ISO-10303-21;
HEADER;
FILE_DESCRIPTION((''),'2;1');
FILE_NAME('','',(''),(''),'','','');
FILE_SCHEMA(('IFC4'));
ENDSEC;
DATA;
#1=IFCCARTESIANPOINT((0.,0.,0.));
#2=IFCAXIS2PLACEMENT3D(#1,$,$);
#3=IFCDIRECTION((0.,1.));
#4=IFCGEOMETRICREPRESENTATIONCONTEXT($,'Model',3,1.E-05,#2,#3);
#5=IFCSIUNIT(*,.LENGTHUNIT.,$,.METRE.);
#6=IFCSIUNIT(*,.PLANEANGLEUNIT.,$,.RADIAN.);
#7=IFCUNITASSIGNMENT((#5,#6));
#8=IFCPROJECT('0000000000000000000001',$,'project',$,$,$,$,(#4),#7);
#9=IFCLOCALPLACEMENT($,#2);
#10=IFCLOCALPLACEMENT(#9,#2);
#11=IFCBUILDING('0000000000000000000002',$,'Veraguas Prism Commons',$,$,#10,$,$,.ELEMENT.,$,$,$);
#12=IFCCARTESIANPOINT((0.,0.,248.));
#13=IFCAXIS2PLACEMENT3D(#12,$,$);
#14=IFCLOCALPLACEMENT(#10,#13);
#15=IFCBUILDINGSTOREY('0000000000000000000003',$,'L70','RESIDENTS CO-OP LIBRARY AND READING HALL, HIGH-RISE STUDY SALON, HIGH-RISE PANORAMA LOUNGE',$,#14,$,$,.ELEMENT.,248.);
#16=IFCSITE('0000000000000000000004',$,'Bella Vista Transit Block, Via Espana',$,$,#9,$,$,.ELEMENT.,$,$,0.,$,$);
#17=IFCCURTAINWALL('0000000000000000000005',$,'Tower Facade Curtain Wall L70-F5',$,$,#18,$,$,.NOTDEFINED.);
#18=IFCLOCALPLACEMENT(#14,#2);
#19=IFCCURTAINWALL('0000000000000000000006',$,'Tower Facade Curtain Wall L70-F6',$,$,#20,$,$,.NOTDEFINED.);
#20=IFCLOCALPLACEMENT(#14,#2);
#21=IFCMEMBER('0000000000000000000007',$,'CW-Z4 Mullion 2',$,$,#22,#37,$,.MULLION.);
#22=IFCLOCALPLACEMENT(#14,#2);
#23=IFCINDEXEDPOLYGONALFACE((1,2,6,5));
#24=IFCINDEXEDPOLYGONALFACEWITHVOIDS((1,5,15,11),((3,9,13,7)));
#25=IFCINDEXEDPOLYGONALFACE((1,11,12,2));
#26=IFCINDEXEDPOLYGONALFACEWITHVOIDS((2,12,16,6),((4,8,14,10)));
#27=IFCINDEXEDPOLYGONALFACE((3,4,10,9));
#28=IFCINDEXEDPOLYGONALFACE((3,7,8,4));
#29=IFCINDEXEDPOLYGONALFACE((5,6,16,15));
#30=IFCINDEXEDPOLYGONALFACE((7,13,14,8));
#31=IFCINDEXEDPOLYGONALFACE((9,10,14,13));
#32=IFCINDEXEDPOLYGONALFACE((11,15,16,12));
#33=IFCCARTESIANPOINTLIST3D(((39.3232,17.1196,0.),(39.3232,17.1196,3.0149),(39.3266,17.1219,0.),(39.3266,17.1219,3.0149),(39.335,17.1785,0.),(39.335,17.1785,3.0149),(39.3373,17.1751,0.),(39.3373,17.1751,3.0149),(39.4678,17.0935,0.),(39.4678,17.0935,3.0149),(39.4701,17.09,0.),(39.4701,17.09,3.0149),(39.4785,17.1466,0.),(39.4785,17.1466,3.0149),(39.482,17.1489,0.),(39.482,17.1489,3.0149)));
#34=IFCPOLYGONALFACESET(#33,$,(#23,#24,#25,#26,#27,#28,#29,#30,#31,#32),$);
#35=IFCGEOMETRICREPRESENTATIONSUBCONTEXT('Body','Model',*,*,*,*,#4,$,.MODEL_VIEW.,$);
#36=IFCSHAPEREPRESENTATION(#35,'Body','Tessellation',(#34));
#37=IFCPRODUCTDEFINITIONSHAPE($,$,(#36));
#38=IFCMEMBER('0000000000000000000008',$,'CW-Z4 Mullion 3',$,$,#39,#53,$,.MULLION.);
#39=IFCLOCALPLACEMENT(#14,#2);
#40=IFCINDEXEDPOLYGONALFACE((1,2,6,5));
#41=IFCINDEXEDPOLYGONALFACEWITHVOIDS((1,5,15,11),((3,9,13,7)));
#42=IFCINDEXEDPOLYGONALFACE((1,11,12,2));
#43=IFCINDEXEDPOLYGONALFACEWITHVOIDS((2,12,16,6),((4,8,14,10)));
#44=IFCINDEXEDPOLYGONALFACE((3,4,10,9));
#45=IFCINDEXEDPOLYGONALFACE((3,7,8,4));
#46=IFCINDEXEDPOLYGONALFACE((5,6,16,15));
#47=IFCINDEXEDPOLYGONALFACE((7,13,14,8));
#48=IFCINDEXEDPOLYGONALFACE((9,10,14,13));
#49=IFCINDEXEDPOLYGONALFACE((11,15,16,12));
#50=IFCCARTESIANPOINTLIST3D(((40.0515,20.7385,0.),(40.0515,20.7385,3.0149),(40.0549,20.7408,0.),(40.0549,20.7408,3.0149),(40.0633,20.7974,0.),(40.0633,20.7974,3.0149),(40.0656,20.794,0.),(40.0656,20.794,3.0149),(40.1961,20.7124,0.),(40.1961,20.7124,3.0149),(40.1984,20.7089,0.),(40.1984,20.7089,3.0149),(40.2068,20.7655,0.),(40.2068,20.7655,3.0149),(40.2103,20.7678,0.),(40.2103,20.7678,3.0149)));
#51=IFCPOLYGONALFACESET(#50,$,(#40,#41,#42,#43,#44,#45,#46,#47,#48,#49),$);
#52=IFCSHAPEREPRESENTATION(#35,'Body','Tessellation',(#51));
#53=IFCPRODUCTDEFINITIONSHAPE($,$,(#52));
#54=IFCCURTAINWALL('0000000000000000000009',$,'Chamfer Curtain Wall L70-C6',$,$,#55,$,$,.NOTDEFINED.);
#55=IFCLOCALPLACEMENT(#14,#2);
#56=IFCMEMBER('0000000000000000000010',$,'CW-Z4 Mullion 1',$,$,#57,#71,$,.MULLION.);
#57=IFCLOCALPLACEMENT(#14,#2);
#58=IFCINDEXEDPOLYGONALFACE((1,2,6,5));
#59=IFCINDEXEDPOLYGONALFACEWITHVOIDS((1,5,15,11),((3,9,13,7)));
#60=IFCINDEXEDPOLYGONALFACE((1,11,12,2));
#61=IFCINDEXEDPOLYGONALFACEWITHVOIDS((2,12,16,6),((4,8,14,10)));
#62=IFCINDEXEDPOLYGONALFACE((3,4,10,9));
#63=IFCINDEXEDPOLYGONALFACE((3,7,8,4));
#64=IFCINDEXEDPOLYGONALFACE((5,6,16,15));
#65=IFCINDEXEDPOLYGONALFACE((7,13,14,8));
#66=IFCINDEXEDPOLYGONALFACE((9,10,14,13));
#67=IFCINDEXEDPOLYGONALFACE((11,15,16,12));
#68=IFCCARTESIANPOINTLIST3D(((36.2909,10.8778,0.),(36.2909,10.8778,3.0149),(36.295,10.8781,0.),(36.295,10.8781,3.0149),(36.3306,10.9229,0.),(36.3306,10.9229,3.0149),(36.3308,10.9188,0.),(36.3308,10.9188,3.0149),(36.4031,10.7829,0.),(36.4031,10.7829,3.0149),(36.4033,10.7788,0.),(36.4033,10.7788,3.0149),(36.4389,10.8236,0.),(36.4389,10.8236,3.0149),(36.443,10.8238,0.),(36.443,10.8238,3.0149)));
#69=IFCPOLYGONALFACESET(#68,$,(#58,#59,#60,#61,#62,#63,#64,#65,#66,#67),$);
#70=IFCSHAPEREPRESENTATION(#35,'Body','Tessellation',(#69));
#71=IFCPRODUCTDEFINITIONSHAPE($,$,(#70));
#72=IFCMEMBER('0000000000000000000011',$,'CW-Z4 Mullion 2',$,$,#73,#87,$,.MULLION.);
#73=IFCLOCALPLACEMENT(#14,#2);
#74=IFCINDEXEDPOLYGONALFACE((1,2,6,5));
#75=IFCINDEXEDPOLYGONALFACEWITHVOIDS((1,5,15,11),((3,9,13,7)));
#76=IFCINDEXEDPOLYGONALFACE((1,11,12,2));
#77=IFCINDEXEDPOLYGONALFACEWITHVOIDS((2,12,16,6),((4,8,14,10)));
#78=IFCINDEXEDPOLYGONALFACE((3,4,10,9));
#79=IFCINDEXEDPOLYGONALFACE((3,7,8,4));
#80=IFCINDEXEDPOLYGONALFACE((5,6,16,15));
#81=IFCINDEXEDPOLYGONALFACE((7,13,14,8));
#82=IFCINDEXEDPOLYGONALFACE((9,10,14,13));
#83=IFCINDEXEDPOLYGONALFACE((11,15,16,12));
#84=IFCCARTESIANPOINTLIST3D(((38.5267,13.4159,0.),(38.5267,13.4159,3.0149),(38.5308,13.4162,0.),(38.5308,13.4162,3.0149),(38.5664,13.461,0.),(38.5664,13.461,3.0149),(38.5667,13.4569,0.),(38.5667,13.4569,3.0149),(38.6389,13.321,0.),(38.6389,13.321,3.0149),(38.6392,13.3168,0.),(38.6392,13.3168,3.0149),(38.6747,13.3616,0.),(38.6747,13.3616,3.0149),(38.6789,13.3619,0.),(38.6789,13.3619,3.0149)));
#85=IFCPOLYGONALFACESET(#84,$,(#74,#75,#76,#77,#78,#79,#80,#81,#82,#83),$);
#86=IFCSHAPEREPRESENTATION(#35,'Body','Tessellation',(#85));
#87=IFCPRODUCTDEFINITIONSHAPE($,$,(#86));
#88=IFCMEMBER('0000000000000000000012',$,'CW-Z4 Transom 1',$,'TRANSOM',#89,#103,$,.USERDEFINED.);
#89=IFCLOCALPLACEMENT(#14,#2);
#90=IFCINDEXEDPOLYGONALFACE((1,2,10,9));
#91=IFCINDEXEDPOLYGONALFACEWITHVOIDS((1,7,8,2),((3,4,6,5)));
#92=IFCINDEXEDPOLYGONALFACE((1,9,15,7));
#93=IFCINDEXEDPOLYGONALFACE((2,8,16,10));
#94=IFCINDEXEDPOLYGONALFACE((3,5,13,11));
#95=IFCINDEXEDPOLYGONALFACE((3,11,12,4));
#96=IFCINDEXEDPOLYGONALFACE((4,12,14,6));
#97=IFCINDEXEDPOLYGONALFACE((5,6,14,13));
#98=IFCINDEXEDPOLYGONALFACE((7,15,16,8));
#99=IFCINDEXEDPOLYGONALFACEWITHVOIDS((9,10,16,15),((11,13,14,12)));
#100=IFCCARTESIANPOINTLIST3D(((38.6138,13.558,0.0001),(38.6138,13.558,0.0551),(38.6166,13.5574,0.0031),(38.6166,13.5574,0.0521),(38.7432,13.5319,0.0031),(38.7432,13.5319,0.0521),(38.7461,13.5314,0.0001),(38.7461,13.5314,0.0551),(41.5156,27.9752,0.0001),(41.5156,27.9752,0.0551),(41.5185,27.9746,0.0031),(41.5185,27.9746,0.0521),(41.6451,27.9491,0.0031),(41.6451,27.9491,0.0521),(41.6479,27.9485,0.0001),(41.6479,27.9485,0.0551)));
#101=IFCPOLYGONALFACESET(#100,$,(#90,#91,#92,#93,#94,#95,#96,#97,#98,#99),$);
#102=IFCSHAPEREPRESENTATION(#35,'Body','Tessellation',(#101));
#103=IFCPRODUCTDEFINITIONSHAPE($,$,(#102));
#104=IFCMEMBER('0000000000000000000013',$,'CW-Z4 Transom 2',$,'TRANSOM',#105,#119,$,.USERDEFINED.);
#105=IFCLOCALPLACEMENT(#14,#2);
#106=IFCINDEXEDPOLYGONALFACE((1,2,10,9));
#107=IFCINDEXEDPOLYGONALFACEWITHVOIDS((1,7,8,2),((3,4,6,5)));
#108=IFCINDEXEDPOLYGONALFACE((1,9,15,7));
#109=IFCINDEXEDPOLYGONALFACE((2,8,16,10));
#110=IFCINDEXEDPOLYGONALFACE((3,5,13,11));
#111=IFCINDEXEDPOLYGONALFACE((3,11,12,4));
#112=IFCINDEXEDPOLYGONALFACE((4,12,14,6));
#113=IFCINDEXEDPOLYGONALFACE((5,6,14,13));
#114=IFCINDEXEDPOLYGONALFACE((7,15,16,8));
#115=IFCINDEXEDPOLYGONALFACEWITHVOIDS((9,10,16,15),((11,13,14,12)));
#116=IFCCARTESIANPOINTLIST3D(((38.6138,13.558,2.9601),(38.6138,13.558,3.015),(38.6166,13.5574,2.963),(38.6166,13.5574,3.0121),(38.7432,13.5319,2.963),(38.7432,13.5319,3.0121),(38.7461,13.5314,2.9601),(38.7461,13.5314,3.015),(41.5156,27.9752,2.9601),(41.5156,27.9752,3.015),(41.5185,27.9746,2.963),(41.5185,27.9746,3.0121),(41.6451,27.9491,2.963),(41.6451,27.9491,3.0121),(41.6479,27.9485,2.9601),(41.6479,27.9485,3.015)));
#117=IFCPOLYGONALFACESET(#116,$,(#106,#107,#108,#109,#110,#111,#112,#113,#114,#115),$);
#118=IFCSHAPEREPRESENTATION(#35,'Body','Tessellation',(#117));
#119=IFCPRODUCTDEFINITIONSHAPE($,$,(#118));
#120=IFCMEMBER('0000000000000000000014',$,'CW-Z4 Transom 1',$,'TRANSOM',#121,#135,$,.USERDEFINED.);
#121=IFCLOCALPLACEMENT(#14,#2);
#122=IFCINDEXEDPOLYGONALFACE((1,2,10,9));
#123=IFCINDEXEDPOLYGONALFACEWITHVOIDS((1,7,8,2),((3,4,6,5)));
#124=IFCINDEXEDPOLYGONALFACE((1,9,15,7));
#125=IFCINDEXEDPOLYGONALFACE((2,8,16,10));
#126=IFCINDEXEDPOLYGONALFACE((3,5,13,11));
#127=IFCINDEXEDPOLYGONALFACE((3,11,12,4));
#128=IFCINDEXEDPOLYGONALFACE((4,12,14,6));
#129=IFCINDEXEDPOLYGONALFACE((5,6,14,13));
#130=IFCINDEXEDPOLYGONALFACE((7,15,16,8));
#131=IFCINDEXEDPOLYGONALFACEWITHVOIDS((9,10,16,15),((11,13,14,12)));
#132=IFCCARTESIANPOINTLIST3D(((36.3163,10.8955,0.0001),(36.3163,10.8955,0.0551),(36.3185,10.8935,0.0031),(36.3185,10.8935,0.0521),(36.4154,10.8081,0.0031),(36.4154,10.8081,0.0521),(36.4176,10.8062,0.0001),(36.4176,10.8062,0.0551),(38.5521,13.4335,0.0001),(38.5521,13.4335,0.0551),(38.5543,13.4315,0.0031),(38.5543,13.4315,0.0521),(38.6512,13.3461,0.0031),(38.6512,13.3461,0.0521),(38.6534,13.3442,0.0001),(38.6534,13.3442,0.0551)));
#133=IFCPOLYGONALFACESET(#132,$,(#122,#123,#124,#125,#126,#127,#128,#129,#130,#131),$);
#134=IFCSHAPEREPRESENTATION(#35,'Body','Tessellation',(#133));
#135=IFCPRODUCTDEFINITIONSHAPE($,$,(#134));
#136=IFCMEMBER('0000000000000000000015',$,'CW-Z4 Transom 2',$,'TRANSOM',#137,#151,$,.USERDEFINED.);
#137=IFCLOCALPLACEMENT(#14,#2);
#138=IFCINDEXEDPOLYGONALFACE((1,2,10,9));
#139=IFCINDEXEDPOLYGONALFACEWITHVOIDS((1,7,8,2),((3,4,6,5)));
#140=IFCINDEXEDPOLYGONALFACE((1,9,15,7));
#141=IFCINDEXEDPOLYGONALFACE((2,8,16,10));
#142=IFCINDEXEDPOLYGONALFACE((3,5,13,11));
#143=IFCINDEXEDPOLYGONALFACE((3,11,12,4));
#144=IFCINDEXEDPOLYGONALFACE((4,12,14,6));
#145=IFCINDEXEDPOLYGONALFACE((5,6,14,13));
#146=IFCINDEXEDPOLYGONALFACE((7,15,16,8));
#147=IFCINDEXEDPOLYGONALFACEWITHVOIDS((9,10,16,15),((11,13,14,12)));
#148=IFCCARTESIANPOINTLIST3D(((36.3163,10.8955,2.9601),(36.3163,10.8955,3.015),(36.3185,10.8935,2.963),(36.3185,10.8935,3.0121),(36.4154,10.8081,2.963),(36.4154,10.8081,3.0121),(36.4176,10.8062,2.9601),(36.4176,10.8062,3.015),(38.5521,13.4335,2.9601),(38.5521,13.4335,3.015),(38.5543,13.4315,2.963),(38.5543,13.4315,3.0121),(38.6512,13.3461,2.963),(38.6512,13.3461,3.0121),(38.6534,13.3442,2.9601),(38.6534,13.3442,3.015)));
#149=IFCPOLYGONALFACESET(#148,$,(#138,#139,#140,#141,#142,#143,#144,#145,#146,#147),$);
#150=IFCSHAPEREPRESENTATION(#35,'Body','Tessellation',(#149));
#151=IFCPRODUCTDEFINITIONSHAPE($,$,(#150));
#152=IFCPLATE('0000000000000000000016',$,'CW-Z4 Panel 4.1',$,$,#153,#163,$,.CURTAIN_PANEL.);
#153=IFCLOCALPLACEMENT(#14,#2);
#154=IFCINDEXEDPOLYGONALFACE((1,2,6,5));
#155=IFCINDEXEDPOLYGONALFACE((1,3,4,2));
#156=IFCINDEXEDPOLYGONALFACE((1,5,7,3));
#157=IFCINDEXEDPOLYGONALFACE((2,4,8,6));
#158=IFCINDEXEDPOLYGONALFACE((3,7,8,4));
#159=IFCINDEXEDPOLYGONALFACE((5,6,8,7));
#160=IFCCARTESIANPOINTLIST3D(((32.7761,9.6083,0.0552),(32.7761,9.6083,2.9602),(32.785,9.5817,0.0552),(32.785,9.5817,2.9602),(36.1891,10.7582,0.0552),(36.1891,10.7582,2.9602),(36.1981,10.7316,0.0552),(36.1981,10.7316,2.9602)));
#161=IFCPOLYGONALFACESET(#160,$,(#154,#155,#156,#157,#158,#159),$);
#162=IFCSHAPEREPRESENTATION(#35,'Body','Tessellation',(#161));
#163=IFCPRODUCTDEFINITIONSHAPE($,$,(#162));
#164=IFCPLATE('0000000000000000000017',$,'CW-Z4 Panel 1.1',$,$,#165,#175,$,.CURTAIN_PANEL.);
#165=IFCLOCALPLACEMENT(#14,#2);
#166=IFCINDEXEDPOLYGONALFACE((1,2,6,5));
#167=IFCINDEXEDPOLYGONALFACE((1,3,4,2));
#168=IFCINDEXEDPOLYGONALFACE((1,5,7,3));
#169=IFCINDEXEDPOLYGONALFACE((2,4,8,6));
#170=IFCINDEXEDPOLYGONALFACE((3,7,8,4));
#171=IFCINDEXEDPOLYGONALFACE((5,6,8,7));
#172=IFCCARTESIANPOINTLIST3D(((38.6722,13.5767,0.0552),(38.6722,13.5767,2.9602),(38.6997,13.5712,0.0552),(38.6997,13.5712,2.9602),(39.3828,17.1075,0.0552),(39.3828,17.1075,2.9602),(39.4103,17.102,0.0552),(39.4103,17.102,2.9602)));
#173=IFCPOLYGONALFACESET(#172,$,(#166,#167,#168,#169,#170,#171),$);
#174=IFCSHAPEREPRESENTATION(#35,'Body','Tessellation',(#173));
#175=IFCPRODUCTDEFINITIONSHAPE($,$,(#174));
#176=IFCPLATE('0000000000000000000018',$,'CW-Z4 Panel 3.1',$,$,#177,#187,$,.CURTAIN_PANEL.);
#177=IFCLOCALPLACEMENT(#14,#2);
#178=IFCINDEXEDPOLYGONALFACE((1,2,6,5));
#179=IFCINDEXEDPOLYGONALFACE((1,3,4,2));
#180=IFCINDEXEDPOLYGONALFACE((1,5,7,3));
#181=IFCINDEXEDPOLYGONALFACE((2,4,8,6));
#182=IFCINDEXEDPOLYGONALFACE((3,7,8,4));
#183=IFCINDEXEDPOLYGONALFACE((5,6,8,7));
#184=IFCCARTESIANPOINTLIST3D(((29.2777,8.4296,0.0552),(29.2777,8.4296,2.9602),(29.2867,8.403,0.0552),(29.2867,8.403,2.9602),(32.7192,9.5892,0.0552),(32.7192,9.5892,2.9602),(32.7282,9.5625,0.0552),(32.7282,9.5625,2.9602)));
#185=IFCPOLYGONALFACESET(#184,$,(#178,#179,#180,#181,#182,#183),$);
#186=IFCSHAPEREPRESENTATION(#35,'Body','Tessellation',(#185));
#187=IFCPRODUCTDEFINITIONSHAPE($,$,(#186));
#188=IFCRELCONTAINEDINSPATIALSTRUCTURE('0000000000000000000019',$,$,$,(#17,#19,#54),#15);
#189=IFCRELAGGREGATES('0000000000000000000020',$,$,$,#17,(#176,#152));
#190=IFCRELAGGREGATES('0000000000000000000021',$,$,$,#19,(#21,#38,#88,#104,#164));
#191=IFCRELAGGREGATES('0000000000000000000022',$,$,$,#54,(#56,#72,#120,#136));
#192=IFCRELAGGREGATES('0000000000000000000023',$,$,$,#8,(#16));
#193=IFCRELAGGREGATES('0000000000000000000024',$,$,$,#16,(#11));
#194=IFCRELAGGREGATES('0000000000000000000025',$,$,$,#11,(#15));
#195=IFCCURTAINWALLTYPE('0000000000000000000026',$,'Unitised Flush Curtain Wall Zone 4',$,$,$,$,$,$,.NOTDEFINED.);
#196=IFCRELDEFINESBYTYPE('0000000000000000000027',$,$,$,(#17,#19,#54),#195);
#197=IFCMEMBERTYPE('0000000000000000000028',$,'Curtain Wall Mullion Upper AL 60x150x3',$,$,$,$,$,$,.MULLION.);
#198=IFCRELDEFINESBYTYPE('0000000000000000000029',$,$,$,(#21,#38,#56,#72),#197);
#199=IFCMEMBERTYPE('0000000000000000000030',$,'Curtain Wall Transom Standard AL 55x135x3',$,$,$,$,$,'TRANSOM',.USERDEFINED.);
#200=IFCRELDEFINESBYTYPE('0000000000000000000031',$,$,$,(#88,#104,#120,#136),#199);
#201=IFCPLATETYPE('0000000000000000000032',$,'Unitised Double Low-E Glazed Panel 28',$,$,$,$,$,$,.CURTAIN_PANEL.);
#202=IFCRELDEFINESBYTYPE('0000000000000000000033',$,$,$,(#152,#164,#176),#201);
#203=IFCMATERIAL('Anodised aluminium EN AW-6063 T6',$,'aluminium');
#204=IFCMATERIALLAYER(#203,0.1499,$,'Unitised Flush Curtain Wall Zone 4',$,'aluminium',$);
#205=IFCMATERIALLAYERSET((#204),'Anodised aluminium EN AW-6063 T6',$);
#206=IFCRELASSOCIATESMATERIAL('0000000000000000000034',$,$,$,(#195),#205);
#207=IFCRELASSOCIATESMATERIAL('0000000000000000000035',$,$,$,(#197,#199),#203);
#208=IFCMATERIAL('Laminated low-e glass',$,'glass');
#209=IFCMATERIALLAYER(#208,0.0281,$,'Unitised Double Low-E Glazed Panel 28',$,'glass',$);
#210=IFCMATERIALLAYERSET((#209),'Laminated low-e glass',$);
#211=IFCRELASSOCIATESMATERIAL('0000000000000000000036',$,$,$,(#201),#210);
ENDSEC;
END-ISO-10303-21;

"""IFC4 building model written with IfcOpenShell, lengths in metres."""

from ifc_helpers import new_model, si_unit, direction, frame, origin, origin_2d, place, context, subcontext, project, spatial, rectangle, hollow_rectangle, extrude, source, transform, mapped, material, layer, layer_set, material_profile, profile_set, type_object, element, aggregate, save


model = new_model("IFC4")

# Units and contexts
model_context = context("Model", 3, precision=1e-05, world=origin(), true_north=direction((0.0, 1.0)))
body_context = subcontext(model_context, "Body", "Model", "MODEL_VIEW")
ifc_project = project(units=[si_unit("LENGTHUNIT", "METRE"), si_unit("PLANEANGLEUNIT", "RADIAN")], contexts=[model_context])

# Site, building, storey
site_placement = place(None, origin())
site = spatial("IfcSite", under=ifc_project, at=site_placement, Name="Bella Vista Transit Block, Via Espana", CompositionType="ELEMENT", RefElevation=0.0)
building_placement = place(site_placement, origin())
building = spatial("IfcBuilding", under=site, at=building_placement, Name="Veraguas Prism Commons", CompositionType="ELEMENT")
storey_placement = place(building_placement, frame((0.0, 0.0, 248.0)))
storey = spatial("IfcBuildingStorey", under=building, at=storey_placement, Name="L70", Description="RESIDENTS CO-OP LIBRARY AND READING HALL, HIGH-RISE STUDY SALON, HIGH-RISE PANORAMA LOUNGE", CompositionType="ELEMENT", Elevation=248.0)

# Curtain walls, members
ifc_material_1 = material(Name="Anodised aluminium EN AW-6063 T6", Category="aluminium")
ifc_layer_1 = layer(ifc_material_1, 0.1499, Name="Unitised Flush Curtain Wall Zone 4", Category="aluminium")
ifc_layer_set_1 = layer_set([ifc_layer_1], Name="Anodised aluminium EN AW-6063 T6")
curtain_wall_type = type_object("IfcCurtainWallType", Name="Unitised Flush Curtain Wall Zone 4", PredefinedType="NOTDEFINED", material=ifc_layer_set_1)
curtain_wall_1_placement = place(storey_placement, origin())
curtain_wall_1 = element("IfcCurtainWall", 1, at=curtain_wall_1_placement, inside=storey, type_object=curtain_wall_type, Name="Tower Facade Curtain Wall L70-F5", PredefinedType="NOTDEFINED")
ifc_material_profile_1 = material_profile(ifc_material_1, hollow_rectangle(XDim=0.0601, YDim=0.1499, WallThickness=0.0029, at=origin_2d()), Name="AL60X150X3")
ifc_profile_set_1 = profile_set([ifc_material_profile_1], Name="Anodised aluminium EN AW-6063 T6")
member_type_1 = type_object("IfcMemberType", Name="Curtain Wall Mullion Upper AL 60x150x3", PredefinedType="MULLION", material=ifc_profile_set_1)
shared_shape_1 = source(origin(), body_context, "Body", "SweptSolid", [
    extrude(hollow_rectangle(XDim=0.0601, YDim=0.1499, WallThickness=0.0029, at=origin_2d()), origin(), (0.0, 0.0, 1.0), 3.0149),
])
curtain_wall_2_placement = place(storey_placement, origin())
curtain_wall_2 = element("IfcCurtainWall", 2, at=curtain_wall_2_placement, inside=storey, type_object=curtain_wall_type, Name="Tower Facade Curtain Wall L70-F6", PredefinedType="NOTDEFINED")
member_1_placement = place(storey_placement, frame((39.4026, 17.1343, 0.0), z_axis=(0.0, 0.0, 1.0), x_axis=(0.197319, 0.980339, 0.0)))
member_1 = element("IfcMember", 3, at=member_1_placement, type_object=member_type_1, Name="CW-Z4 Mullion 2", PredefinedType="MULLION", context=body_context, shape_type="MappedRepresentation", body=[
    mapped(shared_shape_1, transform((0.0, 0.0, 0.0), scale=1.0)),
])
member_2_placement = place(storey_placement, frame((40.1309, 20.7532, 0.0), z_axis=(0.0, 0.0, 1.0), x_axis=(0.197319, 0.980339, 0.0)))
member_2 = element("IfcMember", 4, at=member_2_placement, type_object=member_type_1, Name="CW-Z4 Mullion 3", PredefinedType="MULLION", context=body_context, shape_type="MappedRepresentation", body=[
    mapped(shared_shape_1, transform((0.0, 0.0, 0.0), scale=1.0)),
])
curtain_wall_3_placement = place(storey_placement, origin())
curtain_wall_3 = element("IfcCurtainWall", 5, at=curtain_wall_3_placement, inside=storey, type_object=curtain_wall_type, Name="Chamfer Curtain Wall L70-C6", PredefinedType="NOTDEFINED")
member_3_placement = place(storey_placement, frame((36.3669, 10.8508, 0.0), z_axis=(0.0, 0.0, 1.0), x_axis=(0.661033, 0.750357, 0.0)))
member_3 = element("IfcMember", 6, at=member_3_placement, type_object=member_type_1, Name="CW-Z4 Mullion 1", PredefinedType="MULLION", context=body_context, shape_type="MappedRepresentation", body=[
    mapped(shared_shape_1, transform((0.0, 0.0, 0.0), scale=1.0)),
])
member_4_placement = place(storey_placement, frame((38.6028, 13.3889, 0.0), z_axis=(0.0, 0.0, 1.0), x_axis=(0.661033, 0.750357, 0.0)))
member_4 = element("IfcMember", 7, at=member_4_placement, type_object=member_type_1, Name="CW-Z4 Mullion 2", PredefinedType="MULLION", context=body_context, shape_type="MappedRepresentation", body=[
    mapped(shared_shape_1, transform((0.0, 0.0, 0.0), scale=1.0)),
])

# Members
ifc_material_profile_2 = material_profile(ifc_material_1, hollow_rectangle(XDim=0.0549, YDim=0.135, WallThickness=0.0029, at=origin_2d()), Name="AL55X135X3")
ifc_profile_set_2 = profile_set([ifc_material_profile_2], Name="Anodised aluminium EN AW-6063 T6")
member_type_2 = type_object("IfcMemberType", Name="Curtain Wall Transom Standard AL 55x135x3", ElementType="TRANSOM", PredefinedType="USERDEFINED", material=ifc_profile_set_2)
shared_shape_2 = source(origin(), body_context, "Body", "SweptSolid", [
    extrude(hollow_rectangle(XDim=0.0549, YDim=0.135, WallThickness=0.0029, at=origin_2d()), origin(), (0.0, 0.0, 1.0), 14.7063),
])
member_5_placement = place(storey_placement, frame((38.6799, 13.5447, 0.0276), z_axis=(0.19732, 0.980339, 0.0), x_axis=(0.0, 0.0, 1.0)))
member_5 = element("IfcMember", 8, at=member_5_placement, type_object=member_type_2, Name="CW-Z4 Transom 1", ObjectType="TRANSOM", PredefinedType="USERDEFINED", context=body_context, shape_type="MappedRepresentation", body=[
    mapped(shared_shape_2, transform((0.0, 0.0, 0.0), scale=1.0)),
])
member_6_placement = place(storey_placement, frame((38.6799, 13.5447, 2.9875), z_axis=(0.19732, 0.980339, 0.0), x_axis=(0.0, 0.0, 1.0)))
member_6 = element("IfcMember", 9, at=member_6_placement, type_object=member_type_2, Name="CW-Z4 Transom 2", ObjectType="TRANSOM", PredefinedType="USERDEFINED", context=body_context, shape_type="MappedRepresentation", body=[
    mapped(shared_shape_2, transform((0.0, 0.0, 0.0), scale=1.0)),
])
shared_shape_3 = source(origin(), body_context, "Body", "SweptSolid", [
    extrude(hollow_rectangle(XDim=0.0549, YDim=0.135, WallThickness=0.0029, at=origin_2d()), origin(), (0.0, 0.0, 1.0), 3.3823),
])
member_7_placement = place(storey_placement, frame((36.3669, 10.8508, 0.0276), z_axis=(0.661015, 0.750373, 0.0), x_axis=(0.0, 0.0, 1.0)))
member_7 = element("IfcMember", 10, at=member_7_placement, type_object=member_type_2, Name="CW-Z4 Transom 1", ObjectType="TRANSOM", PredefinedType="USERDEFINED", context=body_context, shape_type="MappedRepresentation", body=[
    mapped(shared_shape_3, transform((0.0, 0.0, 0.0), scale=1.0)),
])
member_8_placement = place(storey_placement, frame((36.3669, 10.8508, 2.9875), z_axis=(0.661015, 0.750373, 0.0), x_axis=(0.0, 0.0, 1.0)))
member_8 = element("IfcMember", 11, at=member_8_placement, type_object=member_type_2, Name="CW-Z4 Transom 2", ObjectType="TRANSOM", PredefinedType="USERDEFINED", context=body_context, shape_type="MappedRepresentation", body=[
    mapped(shared_shape_3, transform((0.0, 0.0, 0.0), scale=1.0)),
])

# Plates
ifc_material_2 = material(Name="Laminated low-e glass", Category="glass")
ifc_layer_2 = layer(ifc_material_2, 0.0281, Name="Unitised Double Low-E Glazed Panel 28", Category="glass")
ifc_layer_set_2 = layer_set([ifc_layer_2], Name="Laminated low-e glass")
plate_type = type_object("IfcPlateType", Name="Unitised Double Low-E Glazed Panel 28", PredefinedType="CURTAIN_PANEL", material=ifc_layer_set_2)
shared_shape_4 = source(origin(), body_context, "Body", "SweptSolid", [
    extrude(rectangle(XDim=3.6016, YDim=0.0281, at=origin_2d()), origin(), (0.0, 0.0, 1.0), 2.905),
])
plate_1_placement = place(storey_placement, frame((34.4871, 10.1699, 0.0552), z_axis=(0.0, 0.0, 1.0), x_axis=(0.947659, 0.319284, 0.0)))
plate_1 = element("IfcPlate", 12, at=plate_1_placement, type_object=plate_type, Name="CW-Z4 Panel 4.1", PredefinedType="CURTAIN_PANEL", context=body_context, shape_type="MappedRepresentation", body=[
    mapped(shared_shape_4, transform((0.0, 0.0, 0.0), scale=1.0)),
])
plate_2_placement = place(storey_placement, frame((39.0413, 15.3394, 0.0552), z_axis=(0.0, 0.0, 1.0), x_axis=(0.197319, 0.980339, 0.0)))
plate_2 = element("IfcPlate", 13, at=plate_2_placement, type_object=plate_type, Name="CW-Z4 Panel 1.1", PredefinedType="CURTAIN_PANEL", context=body_context, shape_type="MappedRepresentation", body=[
    mapped(shared_shape_4, transform((0.0, 0.0, 0.0), scale=1.0)),
])
shared_shape_5 = source(origin(), body_context, "Body", "SweptSolid", [
    extrude(rectangle(XDim=3.6316, YDim=0.0281, at=origin_2d()), origin(), (0.0, 0.0, 1.0), 2.905),
])
plate_3_placement = place(storey_placement, frame((31.0029, 8.9961, 0.0552), z_axis=(0.0, 0.0, 1.0), x_axis=(0.947659, 0.319284, 0.0)))
plate_3 = element("IfcPlate", 14, at=plate_3_placement, type_object=plate_type, Name="CW-Z4 Panel 3.1", PredefinedType="CURTAIN_PANEL", context=body_context, shape_type="MappedRepresentation", body=[
    mapped(shared_shape_5, transform((0.0, 0.0, 0.0), scale=1.0)),
])
aggregate(curtain_wall_1, [plate_3, plate_1])
aggregate(curtain_wall_2, [member_1, member_2, member_5, member_6, plate_2])
aggregate(curtain_wall_3, [member_3, member_4, member_7, member_8])

save(model, "model.ifc")
